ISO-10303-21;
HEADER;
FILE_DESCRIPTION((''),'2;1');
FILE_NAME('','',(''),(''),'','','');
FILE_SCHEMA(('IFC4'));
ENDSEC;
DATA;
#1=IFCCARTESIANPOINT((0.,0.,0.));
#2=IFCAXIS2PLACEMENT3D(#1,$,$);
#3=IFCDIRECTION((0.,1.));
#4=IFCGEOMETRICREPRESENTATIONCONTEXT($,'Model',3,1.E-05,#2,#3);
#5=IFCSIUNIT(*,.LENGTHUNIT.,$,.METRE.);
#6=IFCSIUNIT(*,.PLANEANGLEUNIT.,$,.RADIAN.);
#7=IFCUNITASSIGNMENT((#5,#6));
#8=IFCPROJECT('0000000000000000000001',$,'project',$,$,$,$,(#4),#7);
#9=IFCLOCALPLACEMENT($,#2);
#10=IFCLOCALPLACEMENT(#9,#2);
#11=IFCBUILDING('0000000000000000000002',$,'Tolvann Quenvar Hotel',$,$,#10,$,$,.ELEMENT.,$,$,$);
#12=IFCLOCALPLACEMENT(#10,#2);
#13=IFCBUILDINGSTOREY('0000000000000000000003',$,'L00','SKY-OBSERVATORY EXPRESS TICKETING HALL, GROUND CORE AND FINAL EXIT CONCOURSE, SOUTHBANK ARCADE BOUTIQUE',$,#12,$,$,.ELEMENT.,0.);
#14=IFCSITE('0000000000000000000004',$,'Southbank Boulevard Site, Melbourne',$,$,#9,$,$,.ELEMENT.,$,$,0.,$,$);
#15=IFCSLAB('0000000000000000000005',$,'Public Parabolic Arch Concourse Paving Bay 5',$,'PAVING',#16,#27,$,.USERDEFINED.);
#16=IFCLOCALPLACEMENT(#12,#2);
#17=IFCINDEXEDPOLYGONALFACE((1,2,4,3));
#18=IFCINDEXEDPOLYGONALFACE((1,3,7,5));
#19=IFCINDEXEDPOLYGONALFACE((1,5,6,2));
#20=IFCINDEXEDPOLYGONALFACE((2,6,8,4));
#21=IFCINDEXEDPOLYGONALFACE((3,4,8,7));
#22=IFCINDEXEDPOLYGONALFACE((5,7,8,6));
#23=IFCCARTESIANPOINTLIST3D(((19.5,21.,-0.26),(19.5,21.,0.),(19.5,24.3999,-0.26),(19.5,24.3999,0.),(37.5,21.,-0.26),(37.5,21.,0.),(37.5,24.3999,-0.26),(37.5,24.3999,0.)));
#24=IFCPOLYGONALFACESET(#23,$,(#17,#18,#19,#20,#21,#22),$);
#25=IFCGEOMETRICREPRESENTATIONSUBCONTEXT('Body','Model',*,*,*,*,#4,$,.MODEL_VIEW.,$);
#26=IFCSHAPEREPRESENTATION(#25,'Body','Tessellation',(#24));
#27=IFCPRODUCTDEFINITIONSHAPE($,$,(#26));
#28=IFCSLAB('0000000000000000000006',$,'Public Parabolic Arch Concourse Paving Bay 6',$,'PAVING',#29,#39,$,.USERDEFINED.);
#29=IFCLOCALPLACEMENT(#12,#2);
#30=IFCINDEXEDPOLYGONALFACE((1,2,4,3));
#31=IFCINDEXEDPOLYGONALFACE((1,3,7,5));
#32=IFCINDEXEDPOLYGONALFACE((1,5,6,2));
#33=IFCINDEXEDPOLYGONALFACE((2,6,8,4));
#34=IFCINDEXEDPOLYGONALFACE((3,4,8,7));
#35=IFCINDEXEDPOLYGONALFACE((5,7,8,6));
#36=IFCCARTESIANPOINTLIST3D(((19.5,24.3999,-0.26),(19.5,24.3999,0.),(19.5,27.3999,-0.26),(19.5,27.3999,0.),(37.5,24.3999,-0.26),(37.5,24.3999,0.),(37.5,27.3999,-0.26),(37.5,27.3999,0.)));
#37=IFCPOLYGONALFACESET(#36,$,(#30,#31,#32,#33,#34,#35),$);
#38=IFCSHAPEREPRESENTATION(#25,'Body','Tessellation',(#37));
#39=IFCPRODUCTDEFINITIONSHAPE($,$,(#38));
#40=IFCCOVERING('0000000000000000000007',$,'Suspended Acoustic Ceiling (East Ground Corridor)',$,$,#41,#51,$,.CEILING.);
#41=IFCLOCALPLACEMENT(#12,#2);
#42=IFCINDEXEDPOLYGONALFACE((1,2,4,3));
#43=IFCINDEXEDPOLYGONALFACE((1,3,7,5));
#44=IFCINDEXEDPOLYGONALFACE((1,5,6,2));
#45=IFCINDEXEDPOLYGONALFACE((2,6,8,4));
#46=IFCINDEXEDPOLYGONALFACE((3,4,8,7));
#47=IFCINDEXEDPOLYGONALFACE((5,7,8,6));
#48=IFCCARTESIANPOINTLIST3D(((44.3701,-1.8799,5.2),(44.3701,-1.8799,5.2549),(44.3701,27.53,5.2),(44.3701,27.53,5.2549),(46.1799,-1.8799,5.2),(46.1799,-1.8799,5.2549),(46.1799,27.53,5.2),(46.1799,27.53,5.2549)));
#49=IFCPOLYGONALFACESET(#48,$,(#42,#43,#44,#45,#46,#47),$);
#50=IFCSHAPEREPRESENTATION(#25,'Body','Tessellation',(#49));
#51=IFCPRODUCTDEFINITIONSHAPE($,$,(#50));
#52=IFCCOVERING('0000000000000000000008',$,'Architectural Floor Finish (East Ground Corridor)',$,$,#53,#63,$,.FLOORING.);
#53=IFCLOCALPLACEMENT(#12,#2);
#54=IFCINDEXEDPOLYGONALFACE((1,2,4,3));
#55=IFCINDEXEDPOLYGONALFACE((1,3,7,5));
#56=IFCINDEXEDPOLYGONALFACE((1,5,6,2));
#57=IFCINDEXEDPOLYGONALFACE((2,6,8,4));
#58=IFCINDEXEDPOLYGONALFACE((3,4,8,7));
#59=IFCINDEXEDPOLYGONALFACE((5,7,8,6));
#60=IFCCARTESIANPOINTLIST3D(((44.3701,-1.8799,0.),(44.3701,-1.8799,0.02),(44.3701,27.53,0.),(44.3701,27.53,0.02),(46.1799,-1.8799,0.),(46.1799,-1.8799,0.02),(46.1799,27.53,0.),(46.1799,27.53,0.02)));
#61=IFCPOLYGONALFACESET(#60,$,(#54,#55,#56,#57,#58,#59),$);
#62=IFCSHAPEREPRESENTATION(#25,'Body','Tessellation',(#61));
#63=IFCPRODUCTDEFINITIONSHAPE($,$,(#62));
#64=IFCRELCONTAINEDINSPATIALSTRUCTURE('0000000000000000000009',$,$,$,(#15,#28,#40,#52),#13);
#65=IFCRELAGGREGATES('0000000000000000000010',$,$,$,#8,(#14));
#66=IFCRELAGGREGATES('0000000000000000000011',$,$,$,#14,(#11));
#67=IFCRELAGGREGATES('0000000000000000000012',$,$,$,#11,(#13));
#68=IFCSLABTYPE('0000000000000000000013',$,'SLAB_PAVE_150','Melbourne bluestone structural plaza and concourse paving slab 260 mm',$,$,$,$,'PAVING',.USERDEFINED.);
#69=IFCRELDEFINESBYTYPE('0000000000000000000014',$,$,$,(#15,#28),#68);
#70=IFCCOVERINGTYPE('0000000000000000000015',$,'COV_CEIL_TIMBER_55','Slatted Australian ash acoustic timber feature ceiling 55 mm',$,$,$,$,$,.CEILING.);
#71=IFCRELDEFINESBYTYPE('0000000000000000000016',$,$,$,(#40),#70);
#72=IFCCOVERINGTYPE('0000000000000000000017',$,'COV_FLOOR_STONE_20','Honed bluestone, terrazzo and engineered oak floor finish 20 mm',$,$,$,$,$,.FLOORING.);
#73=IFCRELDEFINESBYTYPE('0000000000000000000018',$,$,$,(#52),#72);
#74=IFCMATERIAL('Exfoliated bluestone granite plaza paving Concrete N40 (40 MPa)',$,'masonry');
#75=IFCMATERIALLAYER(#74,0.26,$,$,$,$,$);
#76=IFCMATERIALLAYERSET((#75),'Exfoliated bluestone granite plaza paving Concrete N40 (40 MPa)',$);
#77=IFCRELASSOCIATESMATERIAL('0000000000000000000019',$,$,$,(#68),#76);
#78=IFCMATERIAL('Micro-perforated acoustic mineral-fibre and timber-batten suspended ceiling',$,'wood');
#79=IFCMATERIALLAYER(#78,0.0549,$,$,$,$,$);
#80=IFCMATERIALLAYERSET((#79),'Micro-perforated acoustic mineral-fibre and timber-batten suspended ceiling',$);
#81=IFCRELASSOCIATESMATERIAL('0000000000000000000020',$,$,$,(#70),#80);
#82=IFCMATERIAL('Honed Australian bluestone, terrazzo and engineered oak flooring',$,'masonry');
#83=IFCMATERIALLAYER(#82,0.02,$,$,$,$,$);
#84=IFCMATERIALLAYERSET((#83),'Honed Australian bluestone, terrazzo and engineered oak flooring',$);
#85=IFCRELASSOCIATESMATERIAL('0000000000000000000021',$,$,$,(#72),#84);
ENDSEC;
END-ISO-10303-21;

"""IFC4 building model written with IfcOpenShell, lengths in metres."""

from ifc_helpers import new_model, si_unit, direction, frame, origin, place, context, subcontext, project, spatial, polyline, outline, extrude, material, layer, layer_set, type_object, element, save


model = new_model("IFC4")

# Units and contexts
model_context = context("Model", 3, precision=1e-05, world=origin(), true_north=direction((0.0, 1.0)))
body_context = subcontext(model_context, "Body", "Model", "MODEL_VIEW")
ifc_project = project(units=[si_unit("LENGTHUNIT", "METRE"), si_unit("PLANEANGLEUNIT", "RADIAN")], contexts=[model_context])

# Site, building, storey
site_placement = place(None, origin())
site = spatial("IfcSite", under=ifc_project, at=site_placement, Name="Southbank Boulevard Site, Melbourne", CompositionType="ELEMENT", RefElevation=0.0)
building_placement = place(site_placement, origin())
building = spatial("IfcBuilding", under=site, at=building_placement, Name="Tolvann Quenvar Hotel", CompositionType="ELEMENT")
storey_placement = place(building_placement, origin())
storey = spatial("IfcBuildingStorey", under=building, at=storey_placement, Name="L00", Description="SKY-OBSERVATORY EXPRESS TICKETING HALL, GROUND CORE AND FINAL EXIT CONCOURSE, SOUTHBANK ARCADE BOUTIQUE", CompositionType="ELEMENT", Elevation=0.0)

# Slabs
ifc_material_1 = material(Name="Exfoliated bluestone granite plaza paving Concrete N40 (40 MPa)", Category="masonry")
ifc_layer_1 = layer(ifc_material_1, 0.26)
ifc_layer_set_1 = layer_set([ifc_layer_1], Name="Exfoliated bluestone granite plaza paving Concrete N40 (40 MPa)")
slab_type_1 = type_object("IfcSlabType", Name="SLAB_PAVE_150", Description="Melbourne bluestone structural plaza and concourse paving slab 260 mm", ElementType="PAVING", PredefinedType="USERDEFINED", material=ifc_layer_set_1)
slab_1_placement = place(storey_placement, frame((0.0, 0.0, -0.26)))
element("IfcSlab", 1, at=slab_1_placement, inside=storey, type_object=slab_type_1, Name="Public Parabolic Arch Concourse Paving Bay 5", ObjectType="PAVING", PredefinedType="USERDEFINED", context=body_context, shape_type="SweptSolid", body=[
    extrude(outline(polyline([(19.5, 21.0), (37.5, 21.0), (37.5, 24.3999), (19.5, 24.3999), (19.5, 21.0)])), origin(), (0.0, 0.0, 1.0), 0.26),
])
slab_2_placement = place(storey_placement, frame((0.0, 0.0, -0.26)))
element("IfcSlab", 2, at=slab_2_placement, inside=storey, type_object=slab_type_1, Name="Public Parabolic Arch Concourse Paving Bay 6", ObjectType="PAVING", PredefinedType="USERDEFINED", context=body_context, shape_type="SweptSolid", body=[
    extrude(outline(polyline([(19.5, 24.3999), (37.5, 24.3999), (37.5, 27.3999), (19.5, 27.3999), (19.5, 24.3999)])), origin(), (0.0, 0.0, 1.0), 0.26),
])

# Coverings
ifc_material_2 = material(Name="Micro-perforated acoustic mineral-fibre and timber-batten suspended ceiling", Category="wood")
ifc_layer_2 = layer(ifc_material_2, 0.0549)
ifc_layer_set_2 = layer_set([ifc_layer_2], Name="Micro-perforated acoustic mineral-fibre and timber-batten suspended ceiling")
covering_type_1 = type_object("IfcCoveringType", Name="COV_CEIL_TIMBER_55", Description="Slatted Australian ash acoustic timber feature ceiling 55 mm", PredefinedType="CEILING", material=ifc_layer_set_2)
covering_1_placement = place(storey_placement, frame((0.0, 0.0, 5.2)))
element("IfcCovering", 3, at=covering_1_placement, inside=storey, type_object=covering_type_1, Name="Suspended Acoustic Ceiling (East Ground Corridor)", PredefinedType="CEILING", context=body_context, shape_type="SweptSolid", body=[
    extrude(outline(polyline([(44.3701, -1.8799), (46.1799, -1.8799), (46.1799, 27.53), (44.3701, 27.53), (44.3701, -1.8799)])), origin(), (0.0, 0.0, 1.0), 0.0549),
])
ifc_material_3 = material(Name="Honed Australian bluestone, terrazzo and engineered oak flooring", Category="masonry")
ifc_layer_3 = layer(ifc_material_3, 0.02)
ifc_layer_set_3 = layer_set([ifc_layer_3], Name="Honed Australian bluestone, terrazzo and engineered oak flooring")
covering_type_2 = type_object("IfcCoveringType", Name="COV_FLOOR_STONE_20", Description="Honed bluestone, terrazzo and engineered oak floor finish 20 mm", PredefinedType="FLOORING", material=ifc_layer_set_3)
covering_2_placement = place(storey_placement, origin())
element("IfcCovering", 4, at=covering_2_placement, inside=storey, type_object=covering_type_2, Name="Architectural Floor Finish (East Ground Corridor)", PredefinedType="FLOORING", context=body_context, shape_type="SweptSolid", body=[
    extrude(outline(polyline([(44.3701, -1.8799), (46.1799, -1.8799), (46.1799, 27.53), (44.3701, 27.53), (44.3701, -1.8799)])), origin(), (0.0, 0.0, 1.0), 0.02),
])

save(model, "model.ifc")
